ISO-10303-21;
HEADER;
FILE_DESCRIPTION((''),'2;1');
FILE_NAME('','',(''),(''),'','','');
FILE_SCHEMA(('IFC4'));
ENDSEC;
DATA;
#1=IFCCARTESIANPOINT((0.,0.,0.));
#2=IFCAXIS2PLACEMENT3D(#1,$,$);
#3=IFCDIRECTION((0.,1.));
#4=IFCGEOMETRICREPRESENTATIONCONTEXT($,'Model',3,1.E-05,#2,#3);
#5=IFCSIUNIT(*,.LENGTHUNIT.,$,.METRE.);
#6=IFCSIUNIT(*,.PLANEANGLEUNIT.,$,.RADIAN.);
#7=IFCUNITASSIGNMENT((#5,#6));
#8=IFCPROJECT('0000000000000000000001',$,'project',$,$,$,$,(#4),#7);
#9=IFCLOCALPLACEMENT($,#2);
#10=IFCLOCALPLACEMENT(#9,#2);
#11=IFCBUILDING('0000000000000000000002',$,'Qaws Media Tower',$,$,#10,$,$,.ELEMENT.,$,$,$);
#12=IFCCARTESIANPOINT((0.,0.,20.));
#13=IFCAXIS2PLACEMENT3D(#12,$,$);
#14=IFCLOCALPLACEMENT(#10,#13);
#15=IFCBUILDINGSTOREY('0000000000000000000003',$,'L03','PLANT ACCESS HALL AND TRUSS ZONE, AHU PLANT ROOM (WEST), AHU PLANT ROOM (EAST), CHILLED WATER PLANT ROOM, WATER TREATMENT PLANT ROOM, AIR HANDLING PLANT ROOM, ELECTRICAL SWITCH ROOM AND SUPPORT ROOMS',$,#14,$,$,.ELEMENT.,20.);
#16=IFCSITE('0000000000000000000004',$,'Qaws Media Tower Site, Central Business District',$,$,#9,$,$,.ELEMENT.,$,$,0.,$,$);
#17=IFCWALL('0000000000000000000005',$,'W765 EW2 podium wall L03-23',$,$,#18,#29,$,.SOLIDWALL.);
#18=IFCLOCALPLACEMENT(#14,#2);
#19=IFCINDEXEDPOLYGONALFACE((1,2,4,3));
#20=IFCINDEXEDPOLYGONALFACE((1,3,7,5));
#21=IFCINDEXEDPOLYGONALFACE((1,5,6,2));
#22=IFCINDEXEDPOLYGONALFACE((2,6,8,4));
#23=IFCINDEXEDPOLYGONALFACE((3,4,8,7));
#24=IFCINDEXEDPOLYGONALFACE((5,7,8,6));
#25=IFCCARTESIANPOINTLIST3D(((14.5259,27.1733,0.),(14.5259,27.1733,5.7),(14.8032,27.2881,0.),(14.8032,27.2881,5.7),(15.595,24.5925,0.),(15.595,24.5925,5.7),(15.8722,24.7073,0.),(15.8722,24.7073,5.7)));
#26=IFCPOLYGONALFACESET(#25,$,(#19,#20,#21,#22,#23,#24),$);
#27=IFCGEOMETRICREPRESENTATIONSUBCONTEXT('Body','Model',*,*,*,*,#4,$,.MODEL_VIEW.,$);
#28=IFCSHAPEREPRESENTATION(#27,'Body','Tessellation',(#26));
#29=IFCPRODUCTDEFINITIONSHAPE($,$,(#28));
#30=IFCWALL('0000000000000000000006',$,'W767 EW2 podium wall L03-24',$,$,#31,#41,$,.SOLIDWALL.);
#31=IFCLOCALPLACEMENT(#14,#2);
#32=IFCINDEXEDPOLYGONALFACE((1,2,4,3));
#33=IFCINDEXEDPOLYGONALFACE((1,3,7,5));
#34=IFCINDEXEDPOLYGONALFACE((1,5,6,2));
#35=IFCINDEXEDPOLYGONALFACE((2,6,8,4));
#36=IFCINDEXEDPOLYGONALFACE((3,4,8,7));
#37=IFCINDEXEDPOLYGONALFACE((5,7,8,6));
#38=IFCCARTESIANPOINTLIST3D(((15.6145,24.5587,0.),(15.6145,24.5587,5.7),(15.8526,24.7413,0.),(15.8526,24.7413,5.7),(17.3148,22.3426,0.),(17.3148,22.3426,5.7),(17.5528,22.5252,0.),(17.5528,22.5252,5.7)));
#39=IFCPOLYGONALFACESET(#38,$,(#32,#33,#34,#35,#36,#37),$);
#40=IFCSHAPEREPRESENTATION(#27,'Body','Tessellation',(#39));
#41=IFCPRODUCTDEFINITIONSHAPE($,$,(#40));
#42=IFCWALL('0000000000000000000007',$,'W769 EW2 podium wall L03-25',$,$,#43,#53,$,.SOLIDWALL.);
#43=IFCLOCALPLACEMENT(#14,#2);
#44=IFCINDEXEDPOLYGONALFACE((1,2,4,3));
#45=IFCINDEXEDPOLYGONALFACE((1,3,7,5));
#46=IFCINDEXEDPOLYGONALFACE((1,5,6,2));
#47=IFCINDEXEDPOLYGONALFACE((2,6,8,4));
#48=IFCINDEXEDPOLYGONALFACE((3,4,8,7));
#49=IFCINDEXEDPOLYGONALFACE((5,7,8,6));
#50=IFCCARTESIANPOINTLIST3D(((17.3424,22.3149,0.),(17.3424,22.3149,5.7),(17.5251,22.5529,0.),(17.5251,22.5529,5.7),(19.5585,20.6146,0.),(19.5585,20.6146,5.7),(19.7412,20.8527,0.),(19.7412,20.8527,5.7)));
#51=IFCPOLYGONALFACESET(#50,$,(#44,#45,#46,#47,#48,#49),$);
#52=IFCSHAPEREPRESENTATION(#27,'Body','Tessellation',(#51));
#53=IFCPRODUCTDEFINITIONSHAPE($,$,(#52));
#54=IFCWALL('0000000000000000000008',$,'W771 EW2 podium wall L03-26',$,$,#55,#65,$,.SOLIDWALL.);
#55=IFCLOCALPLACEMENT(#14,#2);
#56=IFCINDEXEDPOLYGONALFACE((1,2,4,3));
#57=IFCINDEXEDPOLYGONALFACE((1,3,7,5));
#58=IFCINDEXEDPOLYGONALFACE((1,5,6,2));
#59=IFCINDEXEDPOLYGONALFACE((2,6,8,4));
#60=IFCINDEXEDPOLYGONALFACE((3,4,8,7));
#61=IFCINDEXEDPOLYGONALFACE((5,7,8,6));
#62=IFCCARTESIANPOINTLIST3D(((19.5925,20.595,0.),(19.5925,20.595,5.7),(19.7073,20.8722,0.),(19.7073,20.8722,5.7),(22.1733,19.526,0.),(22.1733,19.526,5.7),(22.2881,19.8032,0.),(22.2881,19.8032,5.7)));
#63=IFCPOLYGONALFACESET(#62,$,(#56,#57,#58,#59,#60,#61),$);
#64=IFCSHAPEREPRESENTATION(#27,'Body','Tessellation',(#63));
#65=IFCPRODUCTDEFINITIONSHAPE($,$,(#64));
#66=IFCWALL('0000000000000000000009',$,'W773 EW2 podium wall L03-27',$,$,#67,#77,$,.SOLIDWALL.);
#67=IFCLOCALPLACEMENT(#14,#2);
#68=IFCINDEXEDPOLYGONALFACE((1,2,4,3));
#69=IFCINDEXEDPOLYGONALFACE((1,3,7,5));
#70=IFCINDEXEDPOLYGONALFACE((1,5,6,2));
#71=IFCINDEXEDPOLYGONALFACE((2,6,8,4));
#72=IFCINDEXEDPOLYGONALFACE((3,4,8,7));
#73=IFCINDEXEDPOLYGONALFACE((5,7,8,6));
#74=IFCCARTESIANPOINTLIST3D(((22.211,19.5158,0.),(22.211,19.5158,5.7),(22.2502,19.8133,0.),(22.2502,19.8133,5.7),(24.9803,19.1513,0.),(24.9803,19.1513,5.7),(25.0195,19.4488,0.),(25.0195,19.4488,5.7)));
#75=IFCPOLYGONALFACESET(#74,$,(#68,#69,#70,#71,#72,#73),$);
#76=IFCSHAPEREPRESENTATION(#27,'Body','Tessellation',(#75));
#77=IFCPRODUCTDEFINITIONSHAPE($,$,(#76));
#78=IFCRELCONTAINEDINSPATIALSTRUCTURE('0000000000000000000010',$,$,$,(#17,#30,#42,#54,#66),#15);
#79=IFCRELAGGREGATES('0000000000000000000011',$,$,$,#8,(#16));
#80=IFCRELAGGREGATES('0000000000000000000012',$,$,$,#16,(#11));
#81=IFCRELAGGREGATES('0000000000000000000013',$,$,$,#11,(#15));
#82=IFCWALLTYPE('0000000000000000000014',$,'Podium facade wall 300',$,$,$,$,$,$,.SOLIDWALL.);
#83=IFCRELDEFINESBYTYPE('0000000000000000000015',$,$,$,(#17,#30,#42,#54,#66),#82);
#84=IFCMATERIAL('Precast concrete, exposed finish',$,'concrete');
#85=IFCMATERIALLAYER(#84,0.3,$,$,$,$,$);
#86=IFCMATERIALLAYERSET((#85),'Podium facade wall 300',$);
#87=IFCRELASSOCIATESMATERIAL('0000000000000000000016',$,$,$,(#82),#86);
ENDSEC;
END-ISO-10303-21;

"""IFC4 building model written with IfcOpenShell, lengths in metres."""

from ifc_helpers import new_model, si_unit, direction, frame, frame_2d, origin, place, context, subcontext, project, spatial, rectangle, extrude, material, layer, layer_set, type_object, element, save


model = new_model("IFC4")

# Units and contexts
model_context = context("Model", 3, precision=1e-05, world=origin(), true_north=direction((0.0, 1.0)))
body_context = subcontext(model_context, "Body", "Model", "MODEL_VIEW")
ifc_project = project(units=[si_unit("LENGTHUNIT", "METRE"), si_unit("PLANEANGLEUNIT", "RADIAN")], contexts=[model_context])

# Site, building, storey
site_placement = place(None, origin())
site = spatial("IfcSite", under=ifc_project, at=site_placement, Name="Qaws Media Tower Site, Central Business District", CompositionType="ELEMENT", RefElevation=0.0)
building_placement = place(site_placement, origin())
building = spatial("IfcBuilding", under=site, at=building_placement, Name="Qaws Media Tower", CompositionType="ELEMENT")
storey_placement = place(building_placement, frame((0.0, 0.0, 20.0)))
storey = spatial("IfcBuildingStorey", under=building, at=storey_placement, Name="L03", Description="PLANT ACCESS HALL AND TRUSS ZONE, AHU PLANT ROOM (WEST), AHU PLANT ROOM (EAST), CHILLED WATER PLANT ROOM, WATER TREATMENT PLANT ROOM, AIR HANDLING PLANT ROOM, ELECTRICAL SWITCH ROOM AND SUPPORT ROOMS", CompositionType="ELEMENT", Elevation=20.0)

# Walls
ifc_material_1 = material(Name="Precast concrete, exposed finish", Category="concrete")
ifc_layer_1 = layer(ifc_material_1, 0.3)
ifc_layer_set_1 = layer_set([ifc_layer_1], Name="Podium facade wall 300")
wall_type = type_object("IfcWallType", Name="Podium facade wall 300", PredefinedType="SOLIDWALL", material=ifc_layer_set_1)
wall_1_placement = place(storey_placement, frame((14.6646, 27.2307, 0.0), z_axis=(0.0, 0.0, 1.0), x_axis=(0.382709, -0.923869, 0.0)))
element("IfcWall", 1, at=wall_1_placement, inside=storey, type_object=wall_type, Name="W765 EW2 podium wall L03-23", PredefinedType="SOLIDWALL", context=body_context, shape_type="SweptSolid", body=[
    extrude(rectangle(XDim=2.7935, YDim=0.3, at=frame_2d((1.3967, 0.0))), origin(), (0.0, 0.0, 1.0), 5.7),
])
for number, where, z_axis, x_axis, name in (
    (2, (15.7336, 24.6499, 0.0), (0.0, 0.0, 1.0), (0.608705, -0.793397, 0.0), "W767 EW2 podium wall L03-24"),
    (3, (17.4338, 22.4338, 0.0), (0.0, 0.0, 1.0), (0.793397, -0.608705, 0.0), "W769 EW2 podium wall L03-25"),
):
    element("IfcWall", number, at=place(storey_placement, frame(where, z_axis=z_axis, x_axis=x_axis)), inside=storey, type_object=wall_type, Name=name, PredefinedType="SOLIDWALL", context=body_context, shape_type="SweptSolid", body=[
        extrude(rectangle(XDim=2.7932, YDim=0.3, at=frame_2d((1.3965, 0.0))), origin(), (0.0, 0.0, 1.0), 5.7),
    ])
wall_2_placement = place(storey_placement, frame((19.6499, 20.7336, 0.0), z_axis=(0.0, 0.0, 1.0), x_axis=(0.923869, -0.382709, 0.0)))
element("IfcWall", 4, at=wall_2_placement, inside=storey, type_object=wall_type, Name="W771 EW2 podium wall L03-26", PredefinedType="SOLIDWALL", context=body_context, shape_type="SweptSolid", body=[
    extrude(rectangle(XDim=2.7935, YDim=0.3, at=frame_2d((1.3967, 0.0))), origin(), (0.0, 0.0, 1.0), 5.7),
])
wall_3_placement = place(storey_placement, frame((22.2307, 19.6646, 0.0), z_axis=(0.0, 0.0, 1.0), x_axis=(0.991449, -0.130497, 0.0)))
element("IfcWall", 5, at=wall_3_placement, inside=storey, type_object=wall_type, Name="W773 EW2 podium wall L03-27", PredefinedType="SOLIDWALL", context=body_context, shape_type="SweptSolid", body=[
    extrude(rectangle(XDim=2.7932, YDim=0.3, at=frame_2d((1.3965, 0.0))), origin(), (0.0, 0.0, 1.0), 5.7),
])

save(model, "model.ifc")
